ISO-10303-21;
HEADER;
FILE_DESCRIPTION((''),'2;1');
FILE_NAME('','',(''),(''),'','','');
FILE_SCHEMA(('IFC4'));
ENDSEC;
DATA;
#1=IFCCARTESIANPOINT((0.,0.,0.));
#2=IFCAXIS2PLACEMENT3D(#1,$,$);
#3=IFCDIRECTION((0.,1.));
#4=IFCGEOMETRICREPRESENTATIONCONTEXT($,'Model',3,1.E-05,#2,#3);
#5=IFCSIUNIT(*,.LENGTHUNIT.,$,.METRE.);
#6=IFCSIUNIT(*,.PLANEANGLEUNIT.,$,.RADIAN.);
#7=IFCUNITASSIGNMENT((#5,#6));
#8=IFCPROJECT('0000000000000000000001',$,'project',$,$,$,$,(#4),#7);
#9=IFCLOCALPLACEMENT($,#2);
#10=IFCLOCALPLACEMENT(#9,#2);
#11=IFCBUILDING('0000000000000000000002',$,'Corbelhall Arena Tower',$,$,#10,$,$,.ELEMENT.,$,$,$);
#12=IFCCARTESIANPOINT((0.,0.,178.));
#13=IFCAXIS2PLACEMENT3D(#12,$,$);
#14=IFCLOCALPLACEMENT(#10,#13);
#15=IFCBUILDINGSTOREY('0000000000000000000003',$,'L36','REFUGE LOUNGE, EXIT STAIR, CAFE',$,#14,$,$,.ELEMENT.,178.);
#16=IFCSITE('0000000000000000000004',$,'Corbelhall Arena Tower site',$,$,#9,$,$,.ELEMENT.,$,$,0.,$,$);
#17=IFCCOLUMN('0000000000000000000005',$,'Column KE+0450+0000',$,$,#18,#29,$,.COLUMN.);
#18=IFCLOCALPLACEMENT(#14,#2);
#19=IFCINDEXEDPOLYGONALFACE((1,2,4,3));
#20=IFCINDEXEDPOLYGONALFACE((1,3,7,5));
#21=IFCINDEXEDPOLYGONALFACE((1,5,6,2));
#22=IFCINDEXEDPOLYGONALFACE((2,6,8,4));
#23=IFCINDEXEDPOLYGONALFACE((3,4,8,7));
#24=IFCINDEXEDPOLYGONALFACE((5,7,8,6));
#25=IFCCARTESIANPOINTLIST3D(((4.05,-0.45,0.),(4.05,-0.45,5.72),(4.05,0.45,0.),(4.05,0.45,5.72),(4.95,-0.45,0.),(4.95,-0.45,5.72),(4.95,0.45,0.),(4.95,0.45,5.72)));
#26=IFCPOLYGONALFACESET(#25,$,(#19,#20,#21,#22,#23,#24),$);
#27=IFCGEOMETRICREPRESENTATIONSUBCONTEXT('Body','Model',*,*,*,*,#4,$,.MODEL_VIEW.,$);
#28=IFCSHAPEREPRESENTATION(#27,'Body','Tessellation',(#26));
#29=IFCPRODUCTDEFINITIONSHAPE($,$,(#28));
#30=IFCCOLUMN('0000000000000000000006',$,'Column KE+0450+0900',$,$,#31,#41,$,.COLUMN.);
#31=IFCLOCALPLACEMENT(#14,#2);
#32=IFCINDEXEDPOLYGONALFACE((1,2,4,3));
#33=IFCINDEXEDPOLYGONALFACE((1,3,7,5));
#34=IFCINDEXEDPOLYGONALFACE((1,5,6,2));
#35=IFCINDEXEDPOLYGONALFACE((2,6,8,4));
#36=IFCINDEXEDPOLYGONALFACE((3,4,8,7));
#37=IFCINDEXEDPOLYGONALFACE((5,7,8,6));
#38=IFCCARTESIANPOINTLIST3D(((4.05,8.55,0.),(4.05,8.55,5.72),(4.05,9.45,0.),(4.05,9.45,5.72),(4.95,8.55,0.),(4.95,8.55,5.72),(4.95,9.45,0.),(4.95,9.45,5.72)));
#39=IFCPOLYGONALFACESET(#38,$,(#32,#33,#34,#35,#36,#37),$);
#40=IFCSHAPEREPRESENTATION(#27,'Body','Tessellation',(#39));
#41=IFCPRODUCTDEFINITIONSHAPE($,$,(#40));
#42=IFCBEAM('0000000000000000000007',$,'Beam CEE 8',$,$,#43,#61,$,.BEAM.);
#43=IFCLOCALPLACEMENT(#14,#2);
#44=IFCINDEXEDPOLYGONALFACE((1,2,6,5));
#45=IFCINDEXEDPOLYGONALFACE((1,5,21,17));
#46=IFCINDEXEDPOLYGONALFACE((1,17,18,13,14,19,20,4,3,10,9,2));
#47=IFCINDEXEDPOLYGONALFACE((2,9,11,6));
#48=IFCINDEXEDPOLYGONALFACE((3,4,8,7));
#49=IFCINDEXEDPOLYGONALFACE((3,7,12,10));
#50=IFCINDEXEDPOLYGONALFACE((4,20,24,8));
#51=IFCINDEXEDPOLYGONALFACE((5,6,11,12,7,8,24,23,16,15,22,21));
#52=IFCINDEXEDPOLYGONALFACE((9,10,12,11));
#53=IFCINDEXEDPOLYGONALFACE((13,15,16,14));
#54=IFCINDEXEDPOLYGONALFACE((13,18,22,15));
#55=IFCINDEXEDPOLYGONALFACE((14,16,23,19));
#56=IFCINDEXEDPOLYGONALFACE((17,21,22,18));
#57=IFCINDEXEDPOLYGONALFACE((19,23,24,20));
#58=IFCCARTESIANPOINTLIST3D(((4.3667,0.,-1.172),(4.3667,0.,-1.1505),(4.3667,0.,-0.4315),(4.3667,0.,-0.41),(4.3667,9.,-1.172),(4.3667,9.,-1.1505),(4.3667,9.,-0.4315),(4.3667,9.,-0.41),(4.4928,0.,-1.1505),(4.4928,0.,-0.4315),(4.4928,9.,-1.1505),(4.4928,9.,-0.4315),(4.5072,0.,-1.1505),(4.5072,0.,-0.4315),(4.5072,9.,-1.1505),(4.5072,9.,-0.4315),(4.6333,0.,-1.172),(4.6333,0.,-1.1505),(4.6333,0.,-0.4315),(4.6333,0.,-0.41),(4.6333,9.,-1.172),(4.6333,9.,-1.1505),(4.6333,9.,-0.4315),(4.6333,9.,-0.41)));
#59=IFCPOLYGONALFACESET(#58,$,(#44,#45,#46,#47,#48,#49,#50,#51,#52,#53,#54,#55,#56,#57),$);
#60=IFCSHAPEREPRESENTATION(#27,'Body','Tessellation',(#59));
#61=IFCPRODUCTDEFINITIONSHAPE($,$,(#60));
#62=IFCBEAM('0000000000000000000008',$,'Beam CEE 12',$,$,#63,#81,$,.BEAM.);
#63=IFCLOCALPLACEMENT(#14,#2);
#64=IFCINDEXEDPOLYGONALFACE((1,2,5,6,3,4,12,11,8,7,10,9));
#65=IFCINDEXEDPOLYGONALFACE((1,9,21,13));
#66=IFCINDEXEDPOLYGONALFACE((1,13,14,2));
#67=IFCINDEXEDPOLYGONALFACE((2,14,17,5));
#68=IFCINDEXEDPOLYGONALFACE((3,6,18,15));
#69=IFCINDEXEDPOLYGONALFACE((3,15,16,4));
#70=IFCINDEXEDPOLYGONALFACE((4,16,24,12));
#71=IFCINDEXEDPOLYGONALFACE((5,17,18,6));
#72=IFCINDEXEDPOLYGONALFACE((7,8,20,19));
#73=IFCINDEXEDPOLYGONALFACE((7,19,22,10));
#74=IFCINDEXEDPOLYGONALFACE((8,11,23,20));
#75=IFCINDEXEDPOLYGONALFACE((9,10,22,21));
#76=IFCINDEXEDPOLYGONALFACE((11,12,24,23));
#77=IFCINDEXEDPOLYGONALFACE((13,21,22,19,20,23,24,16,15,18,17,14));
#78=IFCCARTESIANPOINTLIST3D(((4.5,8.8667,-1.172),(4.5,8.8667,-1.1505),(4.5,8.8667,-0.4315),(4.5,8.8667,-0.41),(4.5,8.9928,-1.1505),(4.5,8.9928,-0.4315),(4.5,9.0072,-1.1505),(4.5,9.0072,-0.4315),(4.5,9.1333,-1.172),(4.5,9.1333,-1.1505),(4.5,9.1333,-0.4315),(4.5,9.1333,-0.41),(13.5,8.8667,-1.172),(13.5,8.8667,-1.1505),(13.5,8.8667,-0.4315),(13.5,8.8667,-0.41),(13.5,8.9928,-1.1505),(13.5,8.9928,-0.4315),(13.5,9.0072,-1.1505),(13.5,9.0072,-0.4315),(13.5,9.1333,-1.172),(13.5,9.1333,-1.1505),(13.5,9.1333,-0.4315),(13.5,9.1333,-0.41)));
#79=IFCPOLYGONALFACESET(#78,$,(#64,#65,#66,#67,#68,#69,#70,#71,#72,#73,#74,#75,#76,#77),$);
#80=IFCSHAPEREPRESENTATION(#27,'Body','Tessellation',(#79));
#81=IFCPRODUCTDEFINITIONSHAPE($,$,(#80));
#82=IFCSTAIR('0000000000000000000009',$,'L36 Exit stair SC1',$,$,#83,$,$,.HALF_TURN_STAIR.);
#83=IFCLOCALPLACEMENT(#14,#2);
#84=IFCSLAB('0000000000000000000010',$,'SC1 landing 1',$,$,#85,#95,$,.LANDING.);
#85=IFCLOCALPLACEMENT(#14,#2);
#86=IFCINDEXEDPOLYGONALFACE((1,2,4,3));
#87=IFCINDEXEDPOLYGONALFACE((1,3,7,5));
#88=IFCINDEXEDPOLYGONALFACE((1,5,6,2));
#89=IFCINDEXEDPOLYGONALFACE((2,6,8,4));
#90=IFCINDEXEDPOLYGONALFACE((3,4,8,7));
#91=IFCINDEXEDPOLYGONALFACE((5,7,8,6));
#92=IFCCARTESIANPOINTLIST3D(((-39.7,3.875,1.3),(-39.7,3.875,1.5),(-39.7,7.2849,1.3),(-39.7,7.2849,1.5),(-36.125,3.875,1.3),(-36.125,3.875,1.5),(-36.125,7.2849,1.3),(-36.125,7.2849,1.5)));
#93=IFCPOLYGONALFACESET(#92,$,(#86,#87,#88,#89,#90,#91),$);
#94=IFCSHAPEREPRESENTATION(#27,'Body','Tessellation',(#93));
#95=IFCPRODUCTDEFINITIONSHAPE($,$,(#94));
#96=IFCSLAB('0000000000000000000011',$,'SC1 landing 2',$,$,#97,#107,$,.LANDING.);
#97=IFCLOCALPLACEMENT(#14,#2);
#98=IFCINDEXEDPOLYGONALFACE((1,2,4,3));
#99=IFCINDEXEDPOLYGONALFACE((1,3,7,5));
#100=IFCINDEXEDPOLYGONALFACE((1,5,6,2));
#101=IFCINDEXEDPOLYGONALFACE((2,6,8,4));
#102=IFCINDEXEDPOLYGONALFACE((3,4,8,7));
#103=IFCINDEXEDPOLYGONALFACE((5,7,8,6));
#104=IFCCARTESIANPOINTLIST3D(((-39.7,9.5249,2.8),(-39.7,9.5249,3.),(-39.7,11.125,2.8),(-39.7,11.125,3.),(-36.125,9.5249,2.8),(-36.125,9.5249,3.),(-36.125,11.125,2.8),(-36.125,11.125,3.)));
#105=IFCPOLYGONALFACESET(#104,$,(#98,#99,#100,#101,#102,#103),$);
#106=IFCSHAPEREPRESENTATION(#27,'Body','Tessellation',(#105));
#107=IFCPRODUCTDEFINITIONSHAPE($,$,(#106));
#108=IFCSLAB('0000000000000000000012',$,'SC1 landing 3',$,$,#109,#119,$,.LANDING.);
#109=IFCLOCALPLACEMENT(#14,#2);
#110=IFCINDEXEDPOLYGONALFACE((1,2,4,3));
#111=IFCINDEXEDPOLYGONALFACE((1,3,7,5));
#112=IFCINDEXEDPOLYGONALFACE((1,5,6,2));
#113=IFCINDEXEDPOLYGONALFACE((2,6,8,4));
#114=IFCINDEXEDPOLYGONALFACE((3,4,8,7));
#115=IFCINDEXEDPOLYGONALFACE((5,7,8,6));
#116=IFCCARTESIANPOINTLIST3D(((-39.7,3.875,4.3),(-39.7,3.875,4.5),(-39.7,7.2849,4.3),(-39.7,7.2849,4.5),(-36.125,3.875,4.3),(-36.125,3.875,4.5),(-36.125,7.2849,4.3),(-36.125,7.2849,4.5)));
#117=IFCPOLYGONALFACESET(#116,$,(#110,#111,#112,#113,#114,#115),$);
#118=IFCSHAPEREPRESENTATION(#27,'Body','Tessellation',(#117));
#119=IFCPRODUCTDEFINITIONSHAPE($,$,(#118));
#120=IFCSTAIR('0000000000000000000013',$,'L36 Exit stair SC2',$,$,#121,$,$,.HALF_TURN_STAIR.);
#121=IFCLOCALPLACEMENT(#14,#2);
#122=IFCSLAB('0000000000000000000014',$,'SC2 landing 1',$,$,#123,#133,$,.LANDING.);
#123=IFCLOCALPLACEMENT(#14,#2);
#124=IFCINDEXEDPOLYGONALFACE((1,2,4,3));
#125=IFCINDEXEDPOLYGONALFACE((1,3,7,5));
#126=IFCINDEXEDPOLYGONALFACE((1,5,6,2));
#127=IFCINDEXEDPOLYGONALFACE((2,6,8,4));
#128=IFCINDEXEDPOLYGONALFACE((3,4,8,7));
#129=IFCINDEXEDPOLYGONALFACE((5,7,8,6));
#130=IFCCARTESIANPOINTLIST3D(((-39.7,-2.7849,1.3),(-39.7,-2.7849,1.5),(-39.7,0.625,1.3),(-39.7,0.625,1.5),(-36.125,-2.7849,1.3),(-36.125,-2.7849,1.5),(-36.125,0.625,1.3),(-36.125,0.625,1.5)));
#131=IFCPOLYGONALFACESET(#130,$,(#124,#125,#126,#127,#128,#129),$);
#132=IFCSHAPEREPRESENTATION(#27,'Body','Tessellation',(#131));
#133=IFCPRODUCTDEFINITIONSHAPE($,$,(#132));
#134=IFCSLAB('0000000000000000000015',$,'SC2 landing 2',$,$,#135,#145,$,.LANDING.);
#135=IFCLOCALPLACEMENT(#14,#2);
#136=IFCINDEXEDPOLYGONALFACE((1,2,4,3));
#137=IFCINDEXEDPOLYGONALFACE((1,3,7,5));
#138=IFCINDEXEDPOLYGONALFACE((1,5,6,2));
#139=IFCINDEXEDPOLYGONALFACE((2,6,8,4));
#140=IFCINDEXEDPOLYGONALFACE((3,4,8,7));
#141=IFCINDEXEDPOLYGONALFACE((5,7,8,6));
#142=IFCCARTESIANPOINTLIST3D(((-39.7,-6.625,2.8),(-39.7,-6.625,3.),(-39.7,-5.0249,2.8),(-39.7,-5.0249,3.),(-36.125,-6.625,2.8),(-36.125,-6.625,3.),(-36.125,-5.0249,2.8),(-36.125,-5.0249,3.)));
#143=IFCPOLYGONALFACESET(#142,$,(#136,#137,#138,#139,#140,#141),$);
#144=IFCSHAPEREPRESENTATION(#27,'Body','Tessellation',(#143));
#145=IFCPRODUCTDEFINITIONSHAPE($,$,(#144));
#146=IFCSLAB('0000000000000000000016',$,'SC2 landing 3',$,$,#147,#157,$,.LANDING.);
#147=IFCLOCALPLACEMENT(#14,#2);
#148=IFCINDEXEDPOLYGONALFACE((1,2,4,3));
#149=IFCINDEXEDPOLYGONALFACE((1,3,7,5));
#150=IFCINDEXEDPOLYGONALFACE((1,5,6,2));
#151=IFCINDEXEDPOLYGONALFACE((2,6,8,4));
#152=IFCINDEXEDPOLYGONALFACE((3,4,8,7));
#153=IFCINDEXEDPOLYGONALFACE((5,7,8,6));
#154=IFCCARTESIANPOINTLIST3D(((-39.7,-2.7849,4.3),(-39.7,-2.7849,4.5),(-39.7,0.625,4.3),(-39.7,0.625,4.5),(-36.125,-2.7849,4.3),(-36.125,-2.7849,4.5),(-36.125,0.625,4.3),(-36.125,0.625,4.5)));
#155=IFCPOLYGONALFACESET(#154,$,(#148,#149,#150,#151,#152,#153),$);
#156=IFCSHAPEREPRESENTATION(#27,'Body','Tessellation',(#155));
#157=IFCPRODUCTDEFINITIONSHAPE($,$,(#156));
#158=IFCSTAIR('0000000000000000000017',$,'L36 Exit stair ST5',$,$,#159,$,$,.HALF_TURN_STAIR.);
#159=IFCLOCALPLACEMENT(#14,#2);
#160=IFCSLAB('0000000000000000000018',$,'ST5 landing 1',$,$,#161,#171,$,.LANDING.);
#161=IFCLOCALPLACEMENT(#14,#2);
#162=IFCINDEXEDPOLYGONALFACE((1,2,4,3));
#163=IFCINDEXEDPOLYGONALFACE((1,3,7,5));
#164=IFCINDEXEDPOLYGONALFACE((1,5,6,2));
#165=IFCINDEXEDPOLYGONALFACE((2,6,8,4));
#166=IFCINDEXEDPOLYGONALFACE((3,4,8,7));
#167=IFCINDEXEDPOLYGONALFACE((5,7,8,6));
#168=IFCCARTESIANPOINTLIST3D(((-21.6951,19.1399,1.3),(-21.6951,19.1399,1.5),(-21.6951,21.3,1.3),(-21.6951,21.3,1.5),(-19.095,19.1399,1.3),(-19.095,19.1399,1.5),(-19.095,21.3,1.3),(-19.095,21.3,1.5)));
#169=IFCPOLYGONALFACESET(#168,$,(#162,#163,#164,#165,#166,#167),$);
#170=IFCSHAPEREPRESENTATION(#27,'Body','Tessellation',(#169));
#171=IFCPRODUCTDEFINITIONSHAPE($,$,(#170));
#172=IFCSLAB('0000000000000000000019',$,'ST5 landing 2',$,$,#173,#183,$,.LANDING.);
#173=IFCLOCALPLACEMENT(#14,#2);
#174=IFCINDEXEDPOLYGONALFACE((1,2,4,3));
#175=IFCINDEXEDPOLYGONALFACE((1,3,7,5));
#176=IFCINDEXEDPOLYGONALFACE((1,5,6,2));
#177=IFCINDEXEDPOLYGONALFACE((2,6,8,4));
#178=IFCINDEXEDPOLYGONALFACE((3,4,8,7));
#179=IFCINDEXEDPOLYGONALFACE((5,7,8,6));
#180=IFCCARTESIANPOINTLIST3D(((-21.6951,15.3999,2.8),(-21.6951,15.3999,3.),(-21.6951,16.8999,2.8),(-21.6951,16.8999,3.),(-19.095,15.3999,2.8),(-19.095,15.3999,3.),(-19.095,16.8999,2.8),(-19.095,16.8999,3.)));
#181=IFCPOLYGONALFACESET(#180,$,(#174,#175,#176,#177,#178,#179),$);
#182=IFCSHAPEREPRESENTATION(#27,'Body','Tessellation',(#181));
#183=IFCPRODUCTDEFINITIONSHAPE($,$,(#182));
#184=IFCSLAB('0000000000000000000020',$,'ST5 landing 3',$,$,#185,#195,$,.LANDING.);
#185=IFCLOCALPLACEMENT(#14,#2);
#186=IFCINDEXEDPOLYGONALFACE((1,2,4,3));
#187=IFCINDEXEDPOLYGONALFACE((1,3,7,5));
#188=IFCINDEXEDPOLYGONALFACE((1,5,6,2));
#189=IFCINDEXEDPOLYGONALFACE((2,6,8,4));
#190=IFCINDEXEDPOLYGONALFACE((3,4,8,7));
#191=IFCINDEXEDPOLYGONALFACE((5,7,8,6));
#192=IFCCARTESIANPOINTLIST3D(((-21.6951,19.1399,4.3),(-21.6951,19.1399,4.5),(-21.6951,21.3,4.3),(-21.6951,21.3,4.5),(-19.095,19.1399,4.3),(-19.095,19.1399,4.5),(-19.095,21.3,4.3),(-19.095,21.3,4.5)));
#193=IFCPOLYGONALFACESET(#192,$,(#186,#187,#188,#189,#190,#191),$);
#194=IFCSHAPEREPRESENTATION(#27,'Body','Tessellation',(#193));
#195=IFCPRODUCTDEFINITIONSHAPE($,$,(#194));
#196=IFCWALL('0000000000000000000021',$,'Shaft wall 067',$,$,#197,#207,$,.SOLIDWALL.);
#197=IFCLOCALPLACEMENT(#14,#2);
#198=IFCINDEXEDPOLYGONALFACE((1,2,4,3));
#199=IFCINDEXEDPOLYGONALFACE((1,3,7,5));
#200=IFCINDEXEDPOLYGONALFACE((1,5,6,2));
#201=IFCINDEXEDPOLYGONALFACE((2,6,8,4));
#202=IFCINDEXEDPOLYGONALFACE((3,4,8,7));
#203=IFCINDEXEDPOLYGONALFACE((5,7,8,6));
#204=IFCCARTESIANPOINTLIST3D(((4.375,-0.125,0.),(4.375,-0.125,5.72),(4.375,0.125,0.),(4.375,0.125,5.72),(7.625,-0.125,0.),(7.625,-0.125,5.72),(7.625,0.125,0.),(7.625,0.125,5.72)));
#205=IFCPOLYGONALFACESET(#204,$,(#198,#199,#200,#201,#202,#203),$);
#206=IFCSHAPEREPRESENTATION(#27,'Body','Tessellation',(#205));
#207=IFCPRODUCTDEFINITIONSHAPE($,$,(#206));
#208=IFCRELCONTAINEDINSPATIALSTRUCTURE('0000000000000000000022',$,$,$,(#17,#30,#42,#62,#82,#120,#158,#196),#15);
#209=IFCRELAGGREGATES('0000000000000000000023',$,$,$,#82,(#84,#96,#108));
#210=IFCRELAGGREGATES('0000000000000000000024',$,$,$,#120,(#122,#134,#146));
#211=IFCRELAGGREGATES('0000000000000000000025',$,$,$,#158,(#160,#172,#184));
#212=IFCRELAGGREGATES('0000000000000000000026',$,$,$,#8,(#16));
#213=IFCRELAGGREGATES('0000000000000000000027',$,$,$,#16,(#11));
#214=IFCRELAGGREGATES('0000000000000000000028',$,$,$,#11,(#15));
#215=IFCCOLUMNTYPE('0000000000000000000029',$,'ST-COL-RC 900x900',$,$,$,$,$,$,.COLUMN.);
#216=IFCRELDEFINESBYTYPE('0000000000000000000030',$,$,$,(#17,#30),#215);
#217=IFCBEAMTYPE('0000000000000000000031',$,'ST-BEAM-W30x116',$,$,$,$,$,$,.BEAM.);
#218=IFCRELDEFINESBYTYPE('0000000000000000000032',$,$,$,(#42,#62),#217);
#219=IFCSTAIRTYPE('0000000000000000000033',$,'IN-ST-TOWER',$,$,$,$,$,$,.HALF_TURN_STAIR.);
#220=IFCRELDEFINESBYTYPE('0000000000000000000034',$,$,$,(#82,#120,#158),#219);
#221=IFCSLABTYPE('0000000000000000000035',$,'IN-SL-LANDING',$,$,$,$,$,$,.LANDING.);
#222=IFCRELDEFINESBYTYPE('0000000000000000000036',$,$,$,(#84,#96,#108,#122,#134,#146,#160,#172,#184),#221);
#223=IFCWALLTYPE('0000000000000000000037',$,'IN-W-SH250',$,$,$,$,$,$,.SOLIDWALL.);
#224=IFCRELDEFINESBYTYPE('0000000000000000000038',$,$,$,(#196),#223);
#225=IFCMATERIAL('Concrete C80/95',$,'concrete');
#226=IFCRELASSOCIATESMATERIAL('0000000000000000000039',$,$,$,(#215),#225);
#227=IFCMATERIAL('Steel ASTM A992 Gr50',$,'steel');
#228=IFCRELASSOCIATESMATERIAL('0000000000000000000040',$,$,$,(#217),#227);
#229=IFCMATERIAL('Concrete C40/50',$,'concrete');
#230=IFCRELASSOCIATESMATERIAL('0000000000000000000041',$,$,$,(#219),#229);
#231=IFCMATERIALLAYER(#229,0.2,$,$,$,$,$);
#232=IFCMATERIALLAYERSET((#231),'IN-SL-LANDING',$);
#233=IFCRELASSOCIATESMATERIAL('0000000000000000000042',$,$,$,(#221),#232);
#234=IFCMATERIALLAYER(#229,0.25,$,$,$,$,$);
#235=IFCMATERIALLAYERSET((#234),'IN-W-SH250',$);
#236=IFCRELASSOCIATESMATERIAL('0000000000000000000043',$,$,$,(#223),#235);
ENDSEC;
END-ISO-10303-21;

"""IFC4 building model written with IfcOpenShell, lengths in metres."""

from ifc_helpers import new_model, si_unit, direction, frame, frame_2d, origin, origin_2d, place, context, subcontext, project, spatial, polyline, rectangle, i_section, outline, extrude, material, layer, layer_set, material_profile, profile_set, type_object, element, aggregate, save


model = new_model("IFC4")

# Units and contexts
model_context = context("Model", 3, precision=1e-05, world=origin(), true_north=direction((0.0, 1.0)))
body_context = subcontext(model_context, "Body", "Model", "MODEL_VIEW")
ifc_project = project(units=[si_unit("LENGTHUNIT", "METRE"), si_unit("PLANEANGLEUNIT", "RADIAN")], contexts=[model_context])

# Site, building, storey
site_placement = place(None, origin())
site = spatial("IfcSite", under=ifc_project, at=site_placement, Name="Corbelhall Arena Tower site", CompositionType="ELEMENT", RefElevation=0.0)
building_placement = place(site_placement, origin())
building = spatial("IfcBuilding", under=site, at=building_placement, Name="Corbelhall Arena Tower", CompositionType="ELEMENT")
storey_placement = place(building_placement, frame((0.0, 0.0, 178.0)))
storey = spatial("IfcBuildingStorey", under=building, at=storey_placement, Name="L36", Description="REFUGE LOUNGE, EXIT STAIR, CAFE", CompositionType="ELEMENT", Elevation=178.0)

# Columns
ifc_material_1 = material(Name="Concrete C80/95", Category="concrete")
ifc_material_profile_1 = material_profile(ifc_material_1, rectangle(XDim=0.8999, YDim=0.8999, at=origin_2d()))
ifc_profile_set_1 = profile_set([ifc_material_profile_1], Name="Concrete C80/95")
column_type = type_object("IfcColumnType", Name="ST-COL-RC 900x900", PredefinedType="COLUMN", material=ifc_profile_set_1)
for number, where, z_axis, x_axis, name in (
    (1, (4.5, 0.0, 0.0), (0.0, 0.0, 1.0), (1.0, 0.0, 0.0), "Column KE+0450+0000"),
    (2, (4.5, 9.0, 0.0), (0.0, 0.0, 1.0), (1.0, 0.0, 0.0), "Column KE+0450+0900"),
):
    element("IfcColumn", number, at=place(storey_placement, frame(where, z_axis=z_axis, x_axis=x_axis)), inside=storey, type_object=column_type, Name=name, PredefinedType="COLUMN", context=body_context, shape_type="SweptSolid", body=[
        extrude(rectangle(XDim=0.8999, YDim=0.8999, at=origin_2d()), origin(), (0.0, 0.0, 1.0), 5.72),
    ])

# Beams
ifc_material_2 = material(Name="Steel ASTM A992 Gr50", Category="steel")
ifc_material_profile_2 = material_profile(ifc_material_2, i_section(OverallWidth=0.2666, OverallDepth=0.762, WebThickness=0.0144, FlangeThickness=0.0215, at=origin_2d()))
ifc_profile_set_2 = profile_set([ifc_material_profile_2], Name="Steel ASTM A992 Gr50")
beam_type = type_object("IfcBeamType", Name="ST-BEAM-W30x116", PredefinedType="BEAM", material=ifc_profile_set_2)
for number, where, z_axis, x_axis, name in (
    (3, (4.5, 0.0, -0.791), (0.0, 1.0, 0.0), (-1.0, 0.0, 0.0), "Beam CEE 8"),
    (4, (4.5, 9.0, -0.791), (1.0, 0.0, 0.0), (0.0, 1.0, 0.0), "Beam CEE 12"),
):
    element("IfcBeam", number, at=place(storey_placement, frame(where, z_axis=z_axis, x_axis=x_axis)), inside=storey, type_object=beam_type, Name=name, PredefinedType="BEAM", context=body_context, shape_type="SweptSolid", body=[
        extrude(i_section(OverallWidth=0.2666, OverallDepth=0.762, WebThickness=0.0144, FlangeThickness=0.0215, at=origin_2d()), origin(), (0.0, 0.0, 1.0), 9.0),
    ])

# Stairs, slabs
ifc_material_3 = material(Name="Concrete C40/50", Category="concrete")
stair_type = type_object("IfcStairType", Name="IN-ST-TOWER", PredefinedType="HALF_TURN_STAIR", material=ifc_material_3)
stair_1_placement = place(storey_placement, origin())
stair_1 = element("IfcStair", 5, at=stair_1_placement, inside=storey, type_object=stair_type, Name="L36 Exit stair SC1", PredefinedType="HALF_TURN_STAIR")
ifc_layer_1 = layer(ifc_material_3, 0.2)
ifc_layer_set_1 = layer_set([ifc_layer_1], Name="IN-SL-LANDING")
slab_type = type_object("IfcSlabType", Name="IN-SL-LANDING", PredefinedType="LANDING", material=ifc_layer_set_1)
slab_1_placement = place(storey_placement, frame((0.0, 0.0, 1.3)))
slab_1 = element("IfcSlab", 6, at=slab_1_placement, type_object=slab_type, Name="SC1 landing 1", PredefinedType="LANDING", context=body_context, shape_type="SweptSolid", body=[
    extrude(outline(polyline([(-39.7, 7.2849), (-39.7, 3.875), (-36.125, 3.875), (-36.125, 7.2849), (-39.7, 7.2849)])), origin(), (0.0, 0.0, 1.0), 0.2),
])
slab_2_placement = place(storey_placement, frame((0.0, 0.0, 2.8)))
slab_2 = element("IfcSlab", 7, at=slab_2_placement, type_object=slab_type, Name="SC1 landing 2", PredefinedType="LANDING", context=body_context, shape_type="SweptSolid", body=[
    extrude(outline(polyline([(-39.7, 11.125), (-39.7, 9.5249), (-36.125, 9.5249), (-36.125, 11.125), (-39.7, 11.125)])), origin(), (0.0, 0.0, 1.0), 0.2),
])
slab_3_placement = place(storey_placement, frame((0.0, 0.0, 4.3)))
slab_3 = element("IfcSlab", 8, at=slab_3_placement, type_object=slab_type, Name="SC1 landing 3", PredefinedType="LANDING", context=body_context, shape_type="SweptSolid", body=[
    extrude(outline(polyline([(-39.7, 7.2849), (-39.7, 3.875), (-36.125, 3.875), (-36.125, 7.2849), (-39.7, 7.2849)])), origin(), (0.0, 0.0, 1.0), 0.2),
])
aggregate(stair_1, [slab_1, slab_2, slab_3])
stair_2_placement = place(storey_placement, origin())
stair_2 = element("IfcStair", 9, at=stair_2_placement, inside=storey, type_object=stair_type, Name="L36 Exit stair SC2", PredefinedType="HALF_TURN_STAIR")
slab_4_placement = place(storey_placement, frame((0.0, 0.0, 1.3)))
slab_4 = element("IfcSlab", 10, at=slab_4_placement, type_object=slab_type, Name="SC2 landing 1", PredefinedType="LANDING", context=body_context, shape_type="SweptSolid", body=[
    extrude(outline(polyline([(-36.125, -2.7849), (-36.125, 0.625), (-39.7, 0.625), (-39.7, -2.7849), (-36.125, -2.7849)])), origin(), (0.0, 0.0, 1.0), 0.2),
])
slab_5_placement = place(storey_placement, frame((0.0, 0.0, 2.8)))
slab_5 = element("IfcSlab", 11, at=slab_5_placement, type_object=slab_type, Name="SC2 landing 2", PredefinedType="LANDING", context=body_context, shape_type="SweptSolid", body=[
    extrude(outline(polyline([(-36.125, -6.625), (-36.125, -5.0249), (-39.7, -5.0249), (-39.7, -6.625), (-36.125, -6.625)])), origin(), (0.0, 0.0, 1.0), 0.2),
])
slab_6_placement = place(storey_placement, frame((0.0, 0.0, 4.3)))
slab_6 = element("IfcSlab", 12, at=slab_6_placement, type_object=slab_type, Name="SC2 landing 3", PredefinedType="LANDING", context=body_context, shape_type="SweptSolid", body=[
    extrude(outline(polyline([(-36.125, -2.7849), (-36.125, 0.625), (-39.7, 0.625), (-39.7, -2.7849), (-36.125, -2.7849)])), origin(), (0.0, 0.0, 1.0), 0.2),
])
aggregate(stair_2, [slab_4, slab_5, slab_6])
stair_3_placement = place(storey_placement, origin())
stair_3 = element("IfcStair", 13, at=stair_3_placement, inside=storey, type_object=stair_type, Name="L36 Exit stair ST5", PredefinedType="HALF_TURN_STAIR")
slab_7_placement = place(storey_placement, frame((0.0, 0.0, 1.3)))
slab_7 = element("IfcSlab", 14, at=slab_7_placement, type_object=slab_type, Name="ST5 landing 1", PredefinedType="LANDING", context=body_context, shape_type="SweptSolid", body=[
    extrude(outline(polyline([(-19.095, 19.1399), (-19.095, 21.3), (-21.6951, 21.3), (-21.6951, 19.1399), (-19.095, 19.1399)])), origin(), (0.0, 0.0, 1.0), 0.2),
])
slab_8_placement = place(storey_placement, frame((0.0, 0.0, 2.8)))
slab_8 = element("IfcSlab", 15, at=slab_8_placement, type_object=slab_type, Name="ST5 landing 2", PredefinedType="LANDING", context=body_context, shape_type="SweptSolid", body=[
    extrude(outline(polyline([(-19.095, 15.3999), (-19.095, 16.8999), (-21.6951, 16.8999), (-21.6951, 15.3999), (-19.095, 15.3999)])), origin(), (0.0, 0.0, 1.0), 0.2),
])
slab_9_placement = place(storey_placement, frame((0.0, 0.0, 4.3)))
slab_9 = element("IfcSlab", 16, at=slab_9_placement, type_object=slab_type, Name="ST5 landing 3", PredefinedType="LANDING", context=body_context, shape_type="SweptSolid", body=[
    extrude(outline(polyline([(-19.095, 19.1399), (-19.095, 21.3), (-21.6951, 21.3), (-21.6951, 19.1399), (-19.095, 19.1399)])), origin(), (0.0, 0.0, 1.0), 0.2),
])
aggregate(stair_3, [slab_7, slab_8, slab_9])

# Wall
ifc_layer_2 = layer(ifc_material_3, 0.25)
ifc_layer_set_2 = layer_set([ifc_layer_2], Name="IN-W-SH250")
wall_type_1 = type_object("IfcWallType", Name="IN-W-SH250", PredefinedType="SOLIDWALL", material=ifc_layer_set_2)
wall_1_placement = place(storey_placement, frame((4.375, 0.0, 0.0), z_axis=(0.0, 0.0, 1.0), x_axis=(1.0, 0.0, 0.0)))
element("IfcWall", 17, at=wall_1_placement, inside=storey, type_object=wall_type_1, Name="Shaft wall 067", PredefinedType="SOLIDWALL", context=body_context, shape_type="SweptSolid", body=[
    extrude(rectangle(XDim=3.25, YDim=0.25, at=frame_2d((1.625, 0.0))), origin(), (0.0, 0.0, 1.0), 5.72),
])

save(model, "model.ifc")
